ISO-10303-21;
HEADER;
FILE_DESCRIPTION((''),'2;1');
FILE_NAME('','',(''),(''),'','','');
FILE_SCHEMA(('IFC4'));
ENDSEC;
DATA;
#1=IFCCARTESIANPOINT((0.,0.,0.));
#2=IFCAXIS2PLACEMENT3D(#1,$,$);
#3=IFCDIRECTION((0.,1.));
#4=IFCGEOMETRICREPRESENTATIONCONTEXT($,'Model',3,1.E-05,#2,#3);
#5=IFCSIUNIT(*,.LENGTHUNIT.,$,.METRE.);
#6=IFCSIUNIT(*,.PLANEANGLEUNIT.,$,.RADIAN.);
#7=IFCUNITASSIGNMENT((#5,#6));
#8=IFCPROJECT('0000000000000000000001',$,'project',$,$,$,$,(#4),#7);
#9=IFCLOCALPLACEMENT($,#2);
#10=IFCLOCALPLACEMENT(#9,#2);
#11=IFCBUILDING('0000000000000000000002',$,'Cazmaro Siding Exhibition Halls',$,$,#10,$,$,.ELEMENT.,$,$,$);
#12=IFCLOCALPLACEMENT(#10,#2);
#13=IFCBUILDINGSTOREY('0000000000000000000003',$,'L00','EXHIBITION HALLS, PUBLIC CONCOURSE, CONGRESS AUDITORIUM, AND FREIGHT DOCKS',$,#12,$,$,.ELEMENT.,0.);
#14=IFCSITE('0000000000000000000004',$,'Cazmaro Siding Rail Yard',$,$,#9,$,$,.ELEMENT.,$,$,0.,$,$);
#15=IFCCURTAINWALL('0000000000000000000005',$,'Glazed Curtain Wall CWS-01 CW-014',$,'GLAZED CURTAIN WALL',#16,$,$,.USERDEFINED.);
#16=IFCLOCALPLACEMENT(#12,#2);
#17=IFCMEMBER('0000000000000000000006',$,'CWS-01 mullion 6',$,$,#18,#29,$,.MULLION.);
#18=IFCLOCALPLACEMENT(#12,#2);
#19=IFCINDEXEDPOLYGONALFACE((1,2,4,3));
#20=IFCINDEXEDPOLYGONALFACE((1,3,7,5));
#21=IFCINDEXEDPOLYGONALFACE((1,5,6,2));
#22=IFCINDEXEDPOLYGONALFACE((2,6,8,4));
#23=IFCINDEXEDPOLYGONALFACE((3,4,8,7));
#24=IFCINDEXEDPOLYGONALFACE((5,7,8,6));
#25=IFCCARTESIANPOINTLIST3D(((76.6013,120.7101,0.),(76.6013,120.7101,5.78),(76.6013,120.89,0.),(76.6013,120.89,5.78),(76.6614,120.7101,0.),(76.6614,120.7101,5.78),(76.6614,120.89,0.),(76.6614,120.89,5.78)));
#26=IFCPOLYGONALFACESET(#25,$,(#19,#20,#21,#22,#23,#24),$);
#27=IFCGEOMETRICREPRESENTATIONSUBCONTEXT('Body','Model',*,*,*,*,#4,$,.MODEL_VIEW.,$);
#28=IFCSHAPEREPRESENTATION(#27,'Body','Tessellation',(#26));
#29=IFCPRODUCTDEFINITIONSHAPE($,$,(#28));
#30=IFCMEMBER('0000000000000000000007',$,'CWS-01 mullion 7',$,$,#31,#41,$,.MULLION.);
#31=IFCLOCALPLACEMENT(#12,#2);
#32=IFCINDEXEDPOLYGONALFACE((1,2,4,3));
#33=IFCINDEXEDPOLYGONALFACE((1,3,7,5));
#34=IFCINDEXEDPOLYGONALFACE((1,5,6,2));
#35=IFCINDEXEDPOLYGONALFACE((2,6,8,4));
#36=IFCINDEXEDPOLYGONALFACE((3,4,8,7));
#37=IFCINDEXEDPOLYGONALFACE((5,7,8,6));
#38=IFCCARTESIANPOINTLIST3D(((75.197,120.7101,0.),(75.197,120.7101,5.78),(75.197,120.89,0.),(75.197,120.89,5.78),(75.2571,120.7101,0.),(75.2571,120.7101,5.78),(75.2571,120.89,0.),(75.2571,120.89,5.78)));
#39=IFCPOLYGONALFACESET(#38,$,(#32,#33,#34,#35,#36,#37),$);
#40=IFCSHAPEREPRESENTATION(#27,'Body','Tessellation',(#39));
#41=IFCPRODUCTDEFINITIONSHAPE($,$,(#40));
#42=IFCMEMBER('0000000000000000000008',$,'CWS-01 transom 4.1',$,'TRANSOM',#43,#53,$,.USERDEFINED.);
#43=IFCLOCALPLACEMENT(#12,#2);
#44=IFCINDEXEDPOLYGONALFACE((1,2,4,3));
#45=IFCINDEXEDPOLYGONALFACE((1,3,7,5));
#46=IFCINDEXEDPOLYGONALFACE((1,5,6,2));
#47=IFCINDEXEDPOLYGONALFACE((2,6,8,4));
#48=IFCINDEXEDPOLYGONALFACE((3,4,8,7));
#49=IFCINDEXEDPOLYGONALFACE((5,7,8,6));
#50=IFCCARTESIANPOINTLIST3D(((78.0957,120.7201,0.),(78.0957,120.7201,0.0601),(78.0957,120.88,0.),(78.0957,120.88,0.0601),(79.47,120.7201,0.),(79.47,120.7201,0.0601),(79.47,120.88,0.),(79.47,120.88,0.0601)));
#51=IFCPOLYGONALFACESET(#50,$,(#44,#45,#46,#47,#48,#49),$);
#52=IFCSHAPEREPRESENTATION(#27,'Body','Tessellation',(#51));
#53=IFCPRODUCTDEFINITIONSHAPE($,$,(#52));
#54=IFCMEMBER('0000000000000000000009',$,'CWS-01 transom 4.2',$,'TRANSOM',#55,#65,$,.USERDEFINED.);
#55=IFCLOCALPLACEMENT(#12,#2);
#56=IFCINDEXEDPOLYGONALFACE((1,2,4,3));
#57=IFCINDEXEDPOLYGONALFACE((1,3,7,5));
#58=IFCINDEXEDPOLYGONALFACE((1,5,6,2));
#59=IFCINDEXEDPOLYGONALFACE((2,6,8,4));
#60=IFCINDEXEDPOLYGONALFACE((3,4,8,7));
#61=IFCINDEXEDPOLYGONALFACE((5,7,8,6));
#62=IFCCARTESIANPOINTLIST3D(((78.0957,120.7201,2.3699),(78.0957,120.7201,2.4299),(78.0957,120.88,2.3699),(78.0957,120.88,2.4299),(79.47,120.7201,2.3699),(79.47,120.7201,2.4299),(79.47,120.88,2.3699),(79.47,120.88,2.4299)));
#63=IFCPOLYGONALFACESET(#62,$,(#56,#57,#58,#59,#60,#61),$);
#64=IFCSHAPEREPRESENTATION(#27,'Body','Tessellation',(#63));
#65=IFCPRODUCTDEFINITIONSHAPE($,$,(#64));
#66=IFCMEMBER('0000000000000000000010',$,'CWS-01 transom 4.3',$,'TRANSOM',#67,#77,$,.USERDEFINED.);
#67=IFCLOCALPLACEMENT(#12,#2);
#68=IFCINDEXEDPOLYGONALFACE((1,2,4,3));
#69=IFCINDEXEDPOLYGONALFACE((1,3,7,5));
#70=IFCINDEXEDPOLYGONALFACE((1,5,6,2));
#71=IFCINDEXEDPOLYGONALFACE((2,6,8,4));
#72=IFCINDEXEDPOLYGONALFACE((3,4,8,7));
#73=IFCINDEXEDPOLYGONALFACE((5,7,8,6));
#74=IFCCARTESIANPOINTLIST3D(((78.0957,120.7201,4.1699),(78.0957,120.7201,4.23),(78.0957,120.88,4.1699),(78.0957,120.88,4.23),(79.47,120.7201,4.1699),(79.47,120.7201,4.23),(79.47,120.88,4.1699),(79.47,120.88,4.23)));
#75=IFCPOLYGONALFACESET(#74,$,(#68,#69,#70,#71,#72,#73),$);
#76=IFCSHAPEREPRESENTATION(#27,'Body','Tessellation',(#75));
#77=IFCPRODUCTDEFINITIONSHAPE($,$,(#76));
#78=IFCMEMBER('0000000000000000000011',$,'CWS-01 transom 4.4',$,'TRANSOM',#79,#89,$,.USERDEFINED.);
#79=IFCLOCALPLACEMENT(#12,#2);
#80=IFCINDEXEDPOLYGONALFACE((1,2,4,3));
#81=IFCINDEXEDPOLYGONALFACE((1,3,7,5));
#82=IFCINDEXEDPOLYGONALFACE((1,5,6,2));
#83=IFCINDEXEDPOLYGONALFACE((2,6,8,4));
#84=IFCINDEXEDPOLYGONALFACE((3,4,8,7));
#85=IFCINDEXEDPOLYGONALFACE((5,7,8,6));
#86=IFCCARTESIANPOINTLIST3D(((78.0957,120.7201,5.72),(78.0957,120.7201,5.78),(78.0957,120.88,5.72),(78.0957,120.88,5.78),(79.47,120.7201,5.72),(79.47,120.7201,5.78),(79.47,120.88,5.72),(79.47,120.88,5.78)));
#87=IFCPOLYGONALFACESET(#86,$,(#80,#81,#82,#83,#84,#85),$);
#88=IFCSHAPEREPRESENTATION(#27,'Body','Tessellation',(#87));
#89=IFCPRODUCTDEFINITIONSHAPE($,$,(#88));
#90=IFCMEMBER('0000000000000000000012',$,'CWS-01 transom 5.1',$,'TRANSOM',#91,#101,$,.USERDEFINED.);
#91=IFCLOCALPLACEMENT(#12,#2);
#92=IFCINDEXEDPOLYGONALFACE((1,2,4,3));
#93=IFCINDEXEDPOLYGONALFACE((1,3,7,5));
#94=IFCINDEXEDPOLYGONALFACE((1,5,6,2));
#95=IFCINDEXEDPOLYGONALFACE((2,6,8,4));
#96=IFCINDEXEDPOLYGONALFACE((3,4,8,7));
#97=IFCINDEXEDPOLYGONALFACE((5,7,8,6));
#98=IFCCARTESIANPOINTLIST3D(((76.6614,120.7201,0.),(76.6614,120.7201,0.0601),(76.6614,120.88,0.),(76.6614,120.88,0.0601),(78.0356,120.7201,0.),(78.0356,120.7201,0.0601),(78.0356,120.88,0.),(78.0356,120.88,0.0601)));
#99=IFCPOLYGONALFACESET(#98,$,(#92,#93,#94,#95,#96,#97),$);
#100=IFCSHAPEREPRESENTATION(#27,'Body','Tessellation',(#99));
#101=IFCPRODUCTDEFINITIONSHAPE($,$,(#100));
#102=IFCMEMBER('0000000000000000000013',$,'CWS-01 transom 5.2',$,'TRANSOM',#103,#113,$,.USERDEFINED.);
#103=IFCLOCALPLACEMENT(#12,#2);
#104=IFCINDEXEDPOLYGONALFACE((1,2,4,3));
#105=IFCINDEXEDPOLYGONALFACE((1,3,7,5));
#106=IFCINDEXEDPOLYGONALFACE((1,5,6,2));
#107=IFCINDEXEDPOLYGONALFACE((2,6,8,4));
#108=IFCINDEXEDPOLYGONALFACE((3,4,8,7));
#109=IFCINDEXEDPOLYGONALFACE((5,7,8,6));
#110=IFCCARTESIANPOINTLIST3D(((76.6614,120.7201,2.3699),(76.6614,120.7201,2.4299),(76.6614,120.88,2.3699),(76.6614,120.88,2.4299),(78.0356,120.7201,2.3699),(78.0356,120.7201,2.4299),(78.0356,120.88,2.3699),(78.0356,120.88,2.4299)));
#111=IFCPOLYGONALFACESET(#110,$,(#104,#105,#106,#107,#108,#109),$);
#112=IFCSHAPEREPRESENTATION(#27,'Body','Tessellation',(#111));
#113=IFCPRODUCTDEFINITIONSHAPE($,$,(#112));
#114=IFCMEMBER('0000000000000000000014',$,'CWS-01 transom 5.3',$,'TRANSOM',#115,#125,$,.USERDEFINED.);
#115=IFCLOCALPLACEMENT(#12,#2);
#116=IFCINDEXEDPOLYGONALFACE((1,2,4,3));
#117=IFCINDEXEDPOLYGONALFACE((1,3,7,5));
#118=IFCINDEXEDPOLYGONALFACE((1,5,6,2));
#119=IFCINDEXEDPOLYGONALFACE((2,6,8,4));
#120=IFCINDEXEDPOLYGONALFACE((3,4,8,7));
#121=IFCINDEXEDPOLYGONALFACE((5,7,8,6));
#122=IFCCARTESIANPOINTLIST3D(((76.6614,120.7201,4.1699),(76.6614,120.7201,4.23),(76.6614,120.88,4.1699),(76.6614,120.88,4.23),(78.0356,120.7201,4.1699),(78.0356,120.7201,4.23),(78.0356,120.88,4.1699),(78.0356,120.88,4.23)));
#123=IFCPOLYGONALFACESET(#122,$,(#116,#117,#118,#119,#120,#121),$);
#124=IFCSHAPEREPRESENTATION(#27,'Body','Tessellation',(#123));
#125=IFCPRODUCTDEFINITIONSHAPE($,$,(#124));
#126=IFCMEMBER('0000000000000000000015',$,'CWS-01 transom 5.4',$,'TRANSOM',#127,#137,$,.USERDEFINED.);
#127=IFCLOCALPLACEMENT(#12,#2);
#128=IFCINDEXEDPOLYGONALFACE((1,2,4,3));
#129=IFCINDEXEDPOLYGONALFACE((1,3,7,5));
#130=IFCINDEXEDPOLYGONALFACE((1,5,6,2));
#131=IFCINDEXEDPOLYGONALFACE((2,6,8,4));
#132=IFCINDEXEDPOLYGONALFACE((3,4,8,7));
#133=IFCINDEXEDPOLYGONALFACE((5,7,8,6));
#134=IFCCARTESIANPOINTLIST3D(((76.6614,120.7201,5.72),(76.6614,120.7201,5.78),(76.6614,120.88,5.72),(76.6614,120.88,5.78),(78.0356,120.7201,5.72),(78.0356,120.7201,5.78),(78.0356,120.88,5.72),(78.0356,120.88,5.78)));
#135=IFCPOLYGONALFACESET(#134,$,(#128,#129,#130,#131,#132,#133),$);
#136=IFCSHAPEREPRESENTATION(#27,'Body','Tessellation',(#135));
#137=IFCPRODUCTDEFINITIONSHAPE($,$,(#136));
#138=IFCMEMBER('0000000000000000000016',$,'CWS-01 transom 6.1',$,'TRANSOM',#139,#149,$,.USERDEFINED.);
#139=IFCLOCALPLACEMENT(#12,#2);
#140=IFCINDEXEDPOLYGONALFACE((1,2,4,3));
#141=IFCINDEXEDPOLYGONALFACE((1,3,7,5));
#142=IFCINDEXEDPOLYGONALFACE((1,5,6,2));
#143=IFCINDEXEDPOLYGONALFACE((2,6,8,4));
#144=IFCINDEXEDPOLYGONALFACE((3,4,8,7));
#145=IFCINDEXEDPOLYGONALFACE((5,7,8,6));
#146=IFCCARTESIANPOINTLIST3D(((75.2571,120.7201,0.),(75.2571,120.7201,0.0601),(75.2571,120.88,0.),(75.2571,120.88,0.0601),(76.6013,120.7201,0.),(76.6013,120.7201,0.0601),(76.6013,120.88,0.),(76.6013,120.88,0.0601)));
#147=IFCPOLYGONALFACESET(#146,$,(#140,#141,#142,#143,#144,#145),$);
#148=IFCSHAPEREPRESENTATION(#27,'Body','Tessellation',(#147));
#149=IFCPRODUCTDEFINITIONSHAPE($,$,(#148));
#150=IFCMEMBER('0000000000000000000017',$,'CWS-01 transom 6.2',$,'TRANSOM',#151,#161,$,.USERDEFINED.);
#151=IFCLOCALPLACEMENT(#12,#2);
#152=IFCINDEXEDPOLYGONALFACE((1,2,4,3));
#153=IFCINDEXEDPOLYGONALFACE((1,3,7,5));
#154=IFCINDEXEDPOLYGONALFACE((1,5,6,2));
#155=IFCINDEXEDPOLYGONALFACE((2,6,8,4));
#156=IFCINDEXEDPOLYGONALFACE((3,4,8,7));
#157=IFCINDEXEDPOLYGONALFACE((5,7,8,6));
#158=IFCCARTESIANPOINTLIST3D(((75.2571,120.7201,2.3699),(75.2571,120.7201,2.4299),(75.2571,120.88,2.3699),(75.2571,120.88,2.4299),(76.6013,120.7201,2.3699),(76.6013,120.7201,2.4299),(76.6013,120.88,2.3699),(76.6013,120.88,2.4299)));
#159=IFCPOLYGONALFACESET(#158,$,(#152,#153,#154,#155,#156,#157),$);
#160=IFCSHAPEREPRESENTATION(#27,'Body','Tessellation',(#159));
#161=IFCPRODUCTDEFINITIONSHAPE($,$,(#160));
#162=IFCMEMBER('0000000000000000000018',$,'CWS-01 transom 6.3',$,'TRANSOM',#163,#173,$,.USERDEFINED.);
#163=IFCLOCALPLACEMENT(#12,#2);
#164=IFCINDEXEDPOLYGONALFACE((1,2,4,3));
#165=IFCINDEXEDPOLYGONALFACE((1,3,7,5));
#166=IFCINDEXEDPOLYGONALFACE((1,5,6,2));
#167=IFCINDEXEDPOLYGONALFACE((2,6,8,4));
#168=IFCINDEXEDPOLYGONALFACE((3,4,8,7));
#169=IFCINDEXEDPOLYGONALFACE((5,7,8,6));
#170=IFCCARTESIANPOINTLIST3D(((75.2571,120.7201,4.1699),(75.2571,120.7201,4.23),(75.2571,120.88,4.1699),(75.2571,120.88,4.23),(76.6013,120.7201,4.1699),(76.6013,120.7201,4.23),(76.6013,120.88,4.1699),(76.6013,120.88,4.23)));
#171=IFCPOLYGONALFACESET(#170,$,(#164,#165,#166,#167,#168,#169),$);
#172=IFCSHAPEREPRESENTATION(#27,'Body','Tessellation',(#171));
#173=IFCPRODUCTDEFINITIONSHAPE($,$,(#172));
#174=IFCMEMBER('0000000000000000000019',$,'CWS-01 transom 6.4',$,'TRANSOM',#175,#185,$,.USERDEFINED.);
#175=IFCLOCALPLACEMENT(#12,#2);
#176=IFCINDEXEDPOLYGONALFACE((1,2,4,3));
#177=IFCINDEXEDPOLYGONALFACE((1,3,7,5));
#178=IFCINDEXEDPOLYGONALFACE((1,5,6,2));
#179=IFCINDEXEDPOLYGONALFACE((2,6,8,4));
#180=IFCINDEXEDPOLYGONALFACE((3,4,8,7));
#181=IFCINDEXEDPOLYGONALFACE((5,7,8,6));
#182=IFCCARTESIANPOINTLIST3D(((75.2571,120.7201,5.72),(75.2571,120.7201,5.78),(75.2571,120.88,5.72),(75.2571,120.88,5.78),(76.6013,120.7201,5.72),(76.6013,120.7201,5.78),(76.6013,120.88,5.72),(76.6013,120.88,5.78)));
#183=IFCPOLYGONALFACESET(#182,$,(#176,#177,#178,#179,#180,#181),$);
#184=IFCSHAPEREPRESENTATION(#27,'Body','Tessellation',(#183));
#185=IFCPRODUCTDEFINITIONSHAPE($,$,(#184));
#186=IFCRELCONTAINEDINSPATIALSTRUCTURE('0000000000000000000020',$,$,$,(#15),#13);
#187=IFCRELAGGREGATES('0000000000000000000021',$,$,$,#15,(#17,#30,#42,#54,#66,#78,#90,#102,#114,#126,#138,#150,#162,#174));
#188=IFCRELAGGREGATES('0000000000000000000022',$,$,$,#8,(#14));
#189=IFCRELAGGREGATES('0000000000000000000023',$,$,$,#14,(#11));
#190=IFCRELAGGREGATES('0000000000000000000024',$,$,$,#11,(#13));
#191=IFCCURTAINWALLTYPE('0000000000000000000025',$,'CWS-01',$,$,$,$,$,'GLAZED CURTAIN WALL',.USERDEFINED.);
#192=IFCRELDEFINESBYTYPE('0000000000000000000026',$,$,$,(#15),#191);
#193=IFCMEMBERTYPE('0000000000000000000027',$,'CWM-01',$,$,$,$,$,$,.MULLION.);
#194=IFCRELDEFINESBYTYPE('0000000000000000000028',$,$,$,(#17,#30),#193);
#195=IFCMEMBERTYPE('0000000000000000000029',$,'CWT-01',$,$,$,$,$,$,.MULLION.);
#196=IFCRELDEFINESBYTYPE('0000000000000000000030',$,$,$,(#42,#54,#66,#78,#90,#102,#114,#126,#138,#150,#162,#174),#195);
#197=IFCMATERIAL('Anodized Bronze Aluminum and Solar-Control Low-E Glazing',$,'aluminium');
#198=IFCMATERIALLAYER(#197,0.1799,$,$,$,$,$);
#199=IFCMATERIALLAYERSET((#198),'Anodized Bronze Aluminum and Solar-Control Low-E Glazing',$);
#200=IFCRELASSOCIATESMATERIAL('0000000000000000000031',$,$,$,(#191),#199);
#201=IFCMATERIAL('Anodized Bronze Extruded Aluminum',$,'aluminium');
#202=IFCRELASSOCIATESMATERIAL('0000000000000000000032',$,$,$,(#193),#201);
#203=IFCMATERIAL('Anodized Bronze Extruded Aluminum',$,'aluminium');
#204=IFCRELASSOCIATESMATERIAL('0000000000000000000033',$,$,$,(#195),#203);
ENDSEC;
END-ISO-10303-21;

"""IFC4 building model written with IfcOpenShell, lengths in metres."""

from ifc_helpers import new_model, si_unit, direction, frame, origin, origin_2d, place, context, subcontext, project, spatial, rectangle, extrude, material, layer, layer_set, material_profile, profile_set, type_object, element, aggregate, save


model = new_model("IFC4")

# Units and contexts
model_context = context("Model", 3, precision=1e-05, world=origin(), true_north=direction((0.0, 1.0)))
body_context = subcontext(model_context, "Body", "Model", "MODEL_VIEW")
ifc_project = project(units=[si_unit("LENGTHUNIT", "METRE"), si_unit("PLANEANGLEUNIT", "RADIAN")], contexts=[model_context])

# Site, building, storey
site_placement = place(None, origin())
site = spatial("IfcSite", under=ifc_project, at=site_placement, Name="Cazmaro Siding Rail Yard", CompositionType="ELEMENT", RefElevation=0.0)
building_placement = place(site_placement, origin())
building = spatial("IfcBuilding", under=site, at=building_placement, Name="Cazmaro Siding Exhibition Halls", CompositionType="ELEMENT")
storey_placement = place(building_placement, origin())
storey = spatial("IfcBuildingStorey", under=building, at=storey_placement, Name="L00", Description="EXHIBITION HALLS, PUBLIC CONCOURSE, CONGRESS AUDITORIUM, AND FREIGHT DOCKS", CompositionType="ELEMENT", Elevation=0.0)

# Curtain wall, members
ifc_material_1 = material(Name="Anodized Bronze Aluminum and Solar-Control Low-E Glazing", Category="aluminium")
ifc_layer_1 = layer(ifc_material_1, 0.1799)
ifc_layer_set_1 = layer_set([ifc_layer_1], Name="Anodized Bronze Aluminum and Solar-Control Low-E Glazing")
curtain_wall_type = type_object("IfcCurtainWallType", Name="CWS-01", ElementType="GLAZED CURTAIN WALL", PredefinedType="USERDEFINED", material=ifc_layer_set_1)
curtain_wall_placement = place(storey_placement, origin())
curtain_wall = element("IfcCurtainWall", 1, at=curtain_wall_placement, inside=storey, type_object=curtain_wall_type, Name="Glazed Curtain Wall CWS-01 CW-014", ObjectType="GLAZED CURTAIN WALL", PredefinedType="USERDEFINED")
ifc_material_2 = material(Name="Anodized Bronze Extruded Aluminum", Category="aluminium")
ifc_material_profile_1 = material_profile(ifc_material_2, rectangle(XDim=0.1799, YDim=0.0601, at=origin_2d()), Name="CWM-01")
ifc_profile_set_1 = profile_set([ifc_material_profile_1], Name="Anodized Bronze Extruded Aluminum")
member_type_1 = type_object("IfcMemberType", Name="CWM-01", PredefinedType="MULLION", material=ifc_profile_set_1)
member_1_placement = place(storey_placement, frame((76.6313, 120.8, 0.0), z_axis=(0.0, 0.0, 1.0), x_axis=(0.0, -1.0, 0.0)))
member_1 = element("IfcMember", 2, at=member_1_placement, type_object=member_type_1, Name="CWS-01 mullion 6", PredefinedType="MULLION", context=body_context, shape_type="SweptSolid", body=[
    extrude(rectangle(XDim=0.1799, YDim=0.0601, at=origin_2d()), origin(), (0.0, 0.0, 1.0), 5.78),
])
member_2_placement = place(storey_placement, frame((75.2271, 120.8, 0.0), z_axis=(0.0, 0.0, 1.0), x_axis=(0.0, -1.0, 0.0)))
member_2 = element("IfcMember", 3, at=member_2_placement, type_object=member_type_1, Name="CWS-01 mullion 7", PredefinedType="MULLION", context=body_context, shape_type="SweptSolid", body=[
    extrude(rectangle(XDim=0.1799, YDim=0.0601, at=origin_2d()), origin(), (0.0, 0.0, 1.0), 5.78),
])
ifc_material_3 = material(Name="Anodized Bronze Extruded Aluminum", Category="aluminium")
ifc_material_profile_2 = material_profile(ifc_material_3, rectangle(XDim=0.1599, YDim=0.0601, at=origin_2d()), Name="CWT-01")
ifc_profile_set_2 = profile_set([ifc_material_profile_2], Name="Anodized Bronze Extruded Aluminum")
member_type_2 = type_object("IfcMemberType", Name="CWT-01", PredefinedType="MULLION", material=ifc_profile_set_2)
member_3_placement = place(storey_placement, frame((79.47, 120.8, 0.03), z_axis=(-1.0, 0.0, 0.0), x_axis=(0.0, -1.0, 0.0)))
member_3 = element("IfcMember", 4, at=member_3_placement, type_object=member_type_2, Name="CWS-01 transom 4.1", ObjectType="TRANSOM", PredefinedType="USERDEFINED", context=body_context, shape_type="SweptSolid", body=[
    extrude(rectangle(XDim=0.1599, YDim=0.0601, at=origin_2d()), origin(), (0.0, 0.0, 1.0), 1.3743),
])
member_4_placement = place(storey_placement, frame((79.47, 120.8, 2.3999), z_axis=(-1.0, 0.0, 0.0), x_axis=(0.0, -1.0, 0.0)))
member_4 = element("IfcMember", 5, at=member_4_placement, type_object=member_type_2, Name="CWS-01 transom 4.2", ObjectType="TRANSOM", PredefinedType="USERDEFINED", context=body_context, shape_type="SweptSolid", body=[
    extrude(rectangle(XDim=0.1599, YDim=0.0601, at=origin_2d()), origin(), (0.0, 0.0, 1.0), 1.3743),
])
member_5_placement = place(storey_placement, frame((79.47, 120.8, 4.2), z_axis=(-1.0, 0.0, 0.0), x_axis=(0.0, -1.0, 0.0)))
member_5 = element("IfcMember", 6, at=member_5_placement, type_object=member_type_2, Name="CWS-01 transom 4.3", ObjectType="TRANSOM", PredefinedType="USERDEFINED", context=body_context, shape_type="SweptSolid", body=[
    extrude(rectangle(XDim=0.1599, YDim=0.0601, at=origin_2d()), origin(), (0.0, 0.0, 1.0), 1.3743),
])
member_6_placement = place(storey_placement, frame((79.47, 120.8, 5.75), z_axis=(-1.0, 0.0, 0.0), x_axis=(0.0, -1.0, 0.0)))
member_6 = element("IfcMember", 7, at=member_6_placement, type_object=member_type_2, Name="CWS-01 transom 4.4", ObjectType="TRANSOM", PredefinedType="USERDEFINED", context=body_context, shape_type="SweptSolid", body=[
    extrude(rectangle(XDim=0.1599, YDim=0.0601, at=origin_2d()), origin(), (0.0, 0.0, 1.0), 1.3743),
])
member_7_placement = place(storey_placement, frame((78.0356, 120.8, 0.03), z_axis=(-1.0, 0.0, 0.0), x_axis=(0.0, -1.0, 0.0)))
member_7 = element("IfcMember", 8, at=member_7_placement, type_object=member_type_2, Name="CWS-01 transom 5.1", ObjectType="TRANSOM", PredefinedType="USERDEFINED", context=body_context, shape_type="SweptSolid", body=[
    extrude(rectangle(XDim=0.1599, YDim=0.0601, at=origin_2d()), origin(), (0.0, 0.0, 1.0), 1.3743),
])
member_8_placement = place(storey_placement, frame((78.0356, 120.8, 2.3999), z_axis=(-1.0, 0.0, 0.0), x_axis=(0.0, -1.0, 0.0)))
member_8 = element("IfcMember", 9, at=member_8_placement, type_object=member_type_2, Name="CWS-01 transom 5.2", ObjectType="TRANSOM", PredefinedType="USERDEFINED", context=body_context, shape_type="SweptSolid", body=[
    extrude(rectangle(XDim=0.1599, YDim=0.0601, at=origin_2d()), origin(), (0.0, 0.0, 1.0), 1.3743),
])
member_9_placement = place(storey_placement, frame((78.0356, 120.8, 4.2), z_axis=(-1.0, 0.0, 0.0), x_axis=(0.0, -1.0, 0.0)))
member_9 = element("IfcMember", 10, at=member_9_placement, type_object=member_type_2, Name="CWS-01 transom 5.3", ObjectType="TRANSOM", PredefinedType="USERDEFINED", context=body_context, shape_type="SweptSolid", body=[
    extrude(rectangle(XDim=0.1599, YDim=0.0601, at=origin_2d()), origin(), (0.0, 0.0, 1.0), 1.3743),
])
member_10_placement = place(storey_placement, frame((78.0356, 120.8, 5.75), z_axis=(-1.0, 0.0, 0.0), x_axis=(0.0, -1.0, 0.0)))
member_10 = element("IfcMember", 11, at=member_10_placement, type_object=member_type_2, Name="CWS-01 transom 5.4", ObjectType="TRANSOM", PredefinedType="USERDEFINED", context=body_context, shape_type="SweptSolid", body=[
    extrude(rectangle(XDim=0.1599, YDim=0.0601, at=origin_2d()), origin(), (0.0, 0.0, 1.0), 1.3743),
])
member_11_placement = place(storey_placement, frame((76.6013, 120.8, 0.03), z_axis=(-1.0, 0.0, 0.0), x_axis=(0.0, -1.0, 0.0)))
member_11 = element("IfcMember", 12, at=member_11_placement, type_object=member_type_2, Name="CWS-01 transom 6.1", ObjectType="TRANSOM", PredefinedType="USERDEFINED", context=body_context, shape_type="SweptSolid", body=[
    extrude(rectangle(XDim=0.1599, YDim=0.0601, at=origin_2d()), origin(), (0.0, 0.0, 1.0), 1.3442),
])
member_12_placement = place(storey_placement, frame((76.6013, 120.8, 2.3999), z_axis=(-1.0, 0.0, 0.0), x_axis=(0.0, -1.0, 0.0)))
member_12 = element("IfcMember", 13, at=member_12_placement, type_object=member_type_2, Name="CWS-01 transom 6.2", ObjectType="TRANSOM", PredefinedType="USERDEFINED", context=body_context, shape_type="SweptSolid", body=[
    extrude(rectangle(XDim=0.1599, YDim=0.0601, at=origin_2d()), origin(), (0.0, 0.0, 1.0), 1.3442),
])
member_13_placement = place(storey_placement, frame((76.6013, 120.8, 4.2), z_axis=(-1.0, 0.0, 0.0), x_axis=(0.0, -1.0, 0.0)))
member_13 = element("IfcMember", 14, at=member_13_placement, type_object=member_type_2, Name="CWS-01 transom 6.3", ObjectType="TRANSOM", PredefinedType="USERDEFINED", context=body_context, shape_type="SweptSolid", body=[
    extrude(rectangle(XDim=0.1599, YDim=0.0601, at=origin_2d()), origin(), (0.0, 0.0, 1.0), 1.3442),
])
member_14_placement = place(storey_placement, frame((76.6013, 120.8, 5.75), z_axis=(-1.0, 0.0, 0.0), x_axis=(0.0, -1.0, 0.0)))
member_14 = element("IfcMember", 15, at=member_14_placement, type_object=member_type_2, Name="CWS-01 transom 6.4", ObjectType="TRANSOM", PredefinedType="USERDEFINED", context=body_context, shape_type="SweptSolid", body=[
    extrude(rectangle(XDim=0.1599, YDim=0.0601, at=origin_2d()), origin(), (0.0, 0.0, 1.0), 1.3442),
])
aggregate(curtain_wall, [member_1, member_2, member_3, member_4, member_5, member_6, member_7, member_8, member_9, member_10, member_11, member_12, member_13, member_14])

save(model, "model.ifc")
